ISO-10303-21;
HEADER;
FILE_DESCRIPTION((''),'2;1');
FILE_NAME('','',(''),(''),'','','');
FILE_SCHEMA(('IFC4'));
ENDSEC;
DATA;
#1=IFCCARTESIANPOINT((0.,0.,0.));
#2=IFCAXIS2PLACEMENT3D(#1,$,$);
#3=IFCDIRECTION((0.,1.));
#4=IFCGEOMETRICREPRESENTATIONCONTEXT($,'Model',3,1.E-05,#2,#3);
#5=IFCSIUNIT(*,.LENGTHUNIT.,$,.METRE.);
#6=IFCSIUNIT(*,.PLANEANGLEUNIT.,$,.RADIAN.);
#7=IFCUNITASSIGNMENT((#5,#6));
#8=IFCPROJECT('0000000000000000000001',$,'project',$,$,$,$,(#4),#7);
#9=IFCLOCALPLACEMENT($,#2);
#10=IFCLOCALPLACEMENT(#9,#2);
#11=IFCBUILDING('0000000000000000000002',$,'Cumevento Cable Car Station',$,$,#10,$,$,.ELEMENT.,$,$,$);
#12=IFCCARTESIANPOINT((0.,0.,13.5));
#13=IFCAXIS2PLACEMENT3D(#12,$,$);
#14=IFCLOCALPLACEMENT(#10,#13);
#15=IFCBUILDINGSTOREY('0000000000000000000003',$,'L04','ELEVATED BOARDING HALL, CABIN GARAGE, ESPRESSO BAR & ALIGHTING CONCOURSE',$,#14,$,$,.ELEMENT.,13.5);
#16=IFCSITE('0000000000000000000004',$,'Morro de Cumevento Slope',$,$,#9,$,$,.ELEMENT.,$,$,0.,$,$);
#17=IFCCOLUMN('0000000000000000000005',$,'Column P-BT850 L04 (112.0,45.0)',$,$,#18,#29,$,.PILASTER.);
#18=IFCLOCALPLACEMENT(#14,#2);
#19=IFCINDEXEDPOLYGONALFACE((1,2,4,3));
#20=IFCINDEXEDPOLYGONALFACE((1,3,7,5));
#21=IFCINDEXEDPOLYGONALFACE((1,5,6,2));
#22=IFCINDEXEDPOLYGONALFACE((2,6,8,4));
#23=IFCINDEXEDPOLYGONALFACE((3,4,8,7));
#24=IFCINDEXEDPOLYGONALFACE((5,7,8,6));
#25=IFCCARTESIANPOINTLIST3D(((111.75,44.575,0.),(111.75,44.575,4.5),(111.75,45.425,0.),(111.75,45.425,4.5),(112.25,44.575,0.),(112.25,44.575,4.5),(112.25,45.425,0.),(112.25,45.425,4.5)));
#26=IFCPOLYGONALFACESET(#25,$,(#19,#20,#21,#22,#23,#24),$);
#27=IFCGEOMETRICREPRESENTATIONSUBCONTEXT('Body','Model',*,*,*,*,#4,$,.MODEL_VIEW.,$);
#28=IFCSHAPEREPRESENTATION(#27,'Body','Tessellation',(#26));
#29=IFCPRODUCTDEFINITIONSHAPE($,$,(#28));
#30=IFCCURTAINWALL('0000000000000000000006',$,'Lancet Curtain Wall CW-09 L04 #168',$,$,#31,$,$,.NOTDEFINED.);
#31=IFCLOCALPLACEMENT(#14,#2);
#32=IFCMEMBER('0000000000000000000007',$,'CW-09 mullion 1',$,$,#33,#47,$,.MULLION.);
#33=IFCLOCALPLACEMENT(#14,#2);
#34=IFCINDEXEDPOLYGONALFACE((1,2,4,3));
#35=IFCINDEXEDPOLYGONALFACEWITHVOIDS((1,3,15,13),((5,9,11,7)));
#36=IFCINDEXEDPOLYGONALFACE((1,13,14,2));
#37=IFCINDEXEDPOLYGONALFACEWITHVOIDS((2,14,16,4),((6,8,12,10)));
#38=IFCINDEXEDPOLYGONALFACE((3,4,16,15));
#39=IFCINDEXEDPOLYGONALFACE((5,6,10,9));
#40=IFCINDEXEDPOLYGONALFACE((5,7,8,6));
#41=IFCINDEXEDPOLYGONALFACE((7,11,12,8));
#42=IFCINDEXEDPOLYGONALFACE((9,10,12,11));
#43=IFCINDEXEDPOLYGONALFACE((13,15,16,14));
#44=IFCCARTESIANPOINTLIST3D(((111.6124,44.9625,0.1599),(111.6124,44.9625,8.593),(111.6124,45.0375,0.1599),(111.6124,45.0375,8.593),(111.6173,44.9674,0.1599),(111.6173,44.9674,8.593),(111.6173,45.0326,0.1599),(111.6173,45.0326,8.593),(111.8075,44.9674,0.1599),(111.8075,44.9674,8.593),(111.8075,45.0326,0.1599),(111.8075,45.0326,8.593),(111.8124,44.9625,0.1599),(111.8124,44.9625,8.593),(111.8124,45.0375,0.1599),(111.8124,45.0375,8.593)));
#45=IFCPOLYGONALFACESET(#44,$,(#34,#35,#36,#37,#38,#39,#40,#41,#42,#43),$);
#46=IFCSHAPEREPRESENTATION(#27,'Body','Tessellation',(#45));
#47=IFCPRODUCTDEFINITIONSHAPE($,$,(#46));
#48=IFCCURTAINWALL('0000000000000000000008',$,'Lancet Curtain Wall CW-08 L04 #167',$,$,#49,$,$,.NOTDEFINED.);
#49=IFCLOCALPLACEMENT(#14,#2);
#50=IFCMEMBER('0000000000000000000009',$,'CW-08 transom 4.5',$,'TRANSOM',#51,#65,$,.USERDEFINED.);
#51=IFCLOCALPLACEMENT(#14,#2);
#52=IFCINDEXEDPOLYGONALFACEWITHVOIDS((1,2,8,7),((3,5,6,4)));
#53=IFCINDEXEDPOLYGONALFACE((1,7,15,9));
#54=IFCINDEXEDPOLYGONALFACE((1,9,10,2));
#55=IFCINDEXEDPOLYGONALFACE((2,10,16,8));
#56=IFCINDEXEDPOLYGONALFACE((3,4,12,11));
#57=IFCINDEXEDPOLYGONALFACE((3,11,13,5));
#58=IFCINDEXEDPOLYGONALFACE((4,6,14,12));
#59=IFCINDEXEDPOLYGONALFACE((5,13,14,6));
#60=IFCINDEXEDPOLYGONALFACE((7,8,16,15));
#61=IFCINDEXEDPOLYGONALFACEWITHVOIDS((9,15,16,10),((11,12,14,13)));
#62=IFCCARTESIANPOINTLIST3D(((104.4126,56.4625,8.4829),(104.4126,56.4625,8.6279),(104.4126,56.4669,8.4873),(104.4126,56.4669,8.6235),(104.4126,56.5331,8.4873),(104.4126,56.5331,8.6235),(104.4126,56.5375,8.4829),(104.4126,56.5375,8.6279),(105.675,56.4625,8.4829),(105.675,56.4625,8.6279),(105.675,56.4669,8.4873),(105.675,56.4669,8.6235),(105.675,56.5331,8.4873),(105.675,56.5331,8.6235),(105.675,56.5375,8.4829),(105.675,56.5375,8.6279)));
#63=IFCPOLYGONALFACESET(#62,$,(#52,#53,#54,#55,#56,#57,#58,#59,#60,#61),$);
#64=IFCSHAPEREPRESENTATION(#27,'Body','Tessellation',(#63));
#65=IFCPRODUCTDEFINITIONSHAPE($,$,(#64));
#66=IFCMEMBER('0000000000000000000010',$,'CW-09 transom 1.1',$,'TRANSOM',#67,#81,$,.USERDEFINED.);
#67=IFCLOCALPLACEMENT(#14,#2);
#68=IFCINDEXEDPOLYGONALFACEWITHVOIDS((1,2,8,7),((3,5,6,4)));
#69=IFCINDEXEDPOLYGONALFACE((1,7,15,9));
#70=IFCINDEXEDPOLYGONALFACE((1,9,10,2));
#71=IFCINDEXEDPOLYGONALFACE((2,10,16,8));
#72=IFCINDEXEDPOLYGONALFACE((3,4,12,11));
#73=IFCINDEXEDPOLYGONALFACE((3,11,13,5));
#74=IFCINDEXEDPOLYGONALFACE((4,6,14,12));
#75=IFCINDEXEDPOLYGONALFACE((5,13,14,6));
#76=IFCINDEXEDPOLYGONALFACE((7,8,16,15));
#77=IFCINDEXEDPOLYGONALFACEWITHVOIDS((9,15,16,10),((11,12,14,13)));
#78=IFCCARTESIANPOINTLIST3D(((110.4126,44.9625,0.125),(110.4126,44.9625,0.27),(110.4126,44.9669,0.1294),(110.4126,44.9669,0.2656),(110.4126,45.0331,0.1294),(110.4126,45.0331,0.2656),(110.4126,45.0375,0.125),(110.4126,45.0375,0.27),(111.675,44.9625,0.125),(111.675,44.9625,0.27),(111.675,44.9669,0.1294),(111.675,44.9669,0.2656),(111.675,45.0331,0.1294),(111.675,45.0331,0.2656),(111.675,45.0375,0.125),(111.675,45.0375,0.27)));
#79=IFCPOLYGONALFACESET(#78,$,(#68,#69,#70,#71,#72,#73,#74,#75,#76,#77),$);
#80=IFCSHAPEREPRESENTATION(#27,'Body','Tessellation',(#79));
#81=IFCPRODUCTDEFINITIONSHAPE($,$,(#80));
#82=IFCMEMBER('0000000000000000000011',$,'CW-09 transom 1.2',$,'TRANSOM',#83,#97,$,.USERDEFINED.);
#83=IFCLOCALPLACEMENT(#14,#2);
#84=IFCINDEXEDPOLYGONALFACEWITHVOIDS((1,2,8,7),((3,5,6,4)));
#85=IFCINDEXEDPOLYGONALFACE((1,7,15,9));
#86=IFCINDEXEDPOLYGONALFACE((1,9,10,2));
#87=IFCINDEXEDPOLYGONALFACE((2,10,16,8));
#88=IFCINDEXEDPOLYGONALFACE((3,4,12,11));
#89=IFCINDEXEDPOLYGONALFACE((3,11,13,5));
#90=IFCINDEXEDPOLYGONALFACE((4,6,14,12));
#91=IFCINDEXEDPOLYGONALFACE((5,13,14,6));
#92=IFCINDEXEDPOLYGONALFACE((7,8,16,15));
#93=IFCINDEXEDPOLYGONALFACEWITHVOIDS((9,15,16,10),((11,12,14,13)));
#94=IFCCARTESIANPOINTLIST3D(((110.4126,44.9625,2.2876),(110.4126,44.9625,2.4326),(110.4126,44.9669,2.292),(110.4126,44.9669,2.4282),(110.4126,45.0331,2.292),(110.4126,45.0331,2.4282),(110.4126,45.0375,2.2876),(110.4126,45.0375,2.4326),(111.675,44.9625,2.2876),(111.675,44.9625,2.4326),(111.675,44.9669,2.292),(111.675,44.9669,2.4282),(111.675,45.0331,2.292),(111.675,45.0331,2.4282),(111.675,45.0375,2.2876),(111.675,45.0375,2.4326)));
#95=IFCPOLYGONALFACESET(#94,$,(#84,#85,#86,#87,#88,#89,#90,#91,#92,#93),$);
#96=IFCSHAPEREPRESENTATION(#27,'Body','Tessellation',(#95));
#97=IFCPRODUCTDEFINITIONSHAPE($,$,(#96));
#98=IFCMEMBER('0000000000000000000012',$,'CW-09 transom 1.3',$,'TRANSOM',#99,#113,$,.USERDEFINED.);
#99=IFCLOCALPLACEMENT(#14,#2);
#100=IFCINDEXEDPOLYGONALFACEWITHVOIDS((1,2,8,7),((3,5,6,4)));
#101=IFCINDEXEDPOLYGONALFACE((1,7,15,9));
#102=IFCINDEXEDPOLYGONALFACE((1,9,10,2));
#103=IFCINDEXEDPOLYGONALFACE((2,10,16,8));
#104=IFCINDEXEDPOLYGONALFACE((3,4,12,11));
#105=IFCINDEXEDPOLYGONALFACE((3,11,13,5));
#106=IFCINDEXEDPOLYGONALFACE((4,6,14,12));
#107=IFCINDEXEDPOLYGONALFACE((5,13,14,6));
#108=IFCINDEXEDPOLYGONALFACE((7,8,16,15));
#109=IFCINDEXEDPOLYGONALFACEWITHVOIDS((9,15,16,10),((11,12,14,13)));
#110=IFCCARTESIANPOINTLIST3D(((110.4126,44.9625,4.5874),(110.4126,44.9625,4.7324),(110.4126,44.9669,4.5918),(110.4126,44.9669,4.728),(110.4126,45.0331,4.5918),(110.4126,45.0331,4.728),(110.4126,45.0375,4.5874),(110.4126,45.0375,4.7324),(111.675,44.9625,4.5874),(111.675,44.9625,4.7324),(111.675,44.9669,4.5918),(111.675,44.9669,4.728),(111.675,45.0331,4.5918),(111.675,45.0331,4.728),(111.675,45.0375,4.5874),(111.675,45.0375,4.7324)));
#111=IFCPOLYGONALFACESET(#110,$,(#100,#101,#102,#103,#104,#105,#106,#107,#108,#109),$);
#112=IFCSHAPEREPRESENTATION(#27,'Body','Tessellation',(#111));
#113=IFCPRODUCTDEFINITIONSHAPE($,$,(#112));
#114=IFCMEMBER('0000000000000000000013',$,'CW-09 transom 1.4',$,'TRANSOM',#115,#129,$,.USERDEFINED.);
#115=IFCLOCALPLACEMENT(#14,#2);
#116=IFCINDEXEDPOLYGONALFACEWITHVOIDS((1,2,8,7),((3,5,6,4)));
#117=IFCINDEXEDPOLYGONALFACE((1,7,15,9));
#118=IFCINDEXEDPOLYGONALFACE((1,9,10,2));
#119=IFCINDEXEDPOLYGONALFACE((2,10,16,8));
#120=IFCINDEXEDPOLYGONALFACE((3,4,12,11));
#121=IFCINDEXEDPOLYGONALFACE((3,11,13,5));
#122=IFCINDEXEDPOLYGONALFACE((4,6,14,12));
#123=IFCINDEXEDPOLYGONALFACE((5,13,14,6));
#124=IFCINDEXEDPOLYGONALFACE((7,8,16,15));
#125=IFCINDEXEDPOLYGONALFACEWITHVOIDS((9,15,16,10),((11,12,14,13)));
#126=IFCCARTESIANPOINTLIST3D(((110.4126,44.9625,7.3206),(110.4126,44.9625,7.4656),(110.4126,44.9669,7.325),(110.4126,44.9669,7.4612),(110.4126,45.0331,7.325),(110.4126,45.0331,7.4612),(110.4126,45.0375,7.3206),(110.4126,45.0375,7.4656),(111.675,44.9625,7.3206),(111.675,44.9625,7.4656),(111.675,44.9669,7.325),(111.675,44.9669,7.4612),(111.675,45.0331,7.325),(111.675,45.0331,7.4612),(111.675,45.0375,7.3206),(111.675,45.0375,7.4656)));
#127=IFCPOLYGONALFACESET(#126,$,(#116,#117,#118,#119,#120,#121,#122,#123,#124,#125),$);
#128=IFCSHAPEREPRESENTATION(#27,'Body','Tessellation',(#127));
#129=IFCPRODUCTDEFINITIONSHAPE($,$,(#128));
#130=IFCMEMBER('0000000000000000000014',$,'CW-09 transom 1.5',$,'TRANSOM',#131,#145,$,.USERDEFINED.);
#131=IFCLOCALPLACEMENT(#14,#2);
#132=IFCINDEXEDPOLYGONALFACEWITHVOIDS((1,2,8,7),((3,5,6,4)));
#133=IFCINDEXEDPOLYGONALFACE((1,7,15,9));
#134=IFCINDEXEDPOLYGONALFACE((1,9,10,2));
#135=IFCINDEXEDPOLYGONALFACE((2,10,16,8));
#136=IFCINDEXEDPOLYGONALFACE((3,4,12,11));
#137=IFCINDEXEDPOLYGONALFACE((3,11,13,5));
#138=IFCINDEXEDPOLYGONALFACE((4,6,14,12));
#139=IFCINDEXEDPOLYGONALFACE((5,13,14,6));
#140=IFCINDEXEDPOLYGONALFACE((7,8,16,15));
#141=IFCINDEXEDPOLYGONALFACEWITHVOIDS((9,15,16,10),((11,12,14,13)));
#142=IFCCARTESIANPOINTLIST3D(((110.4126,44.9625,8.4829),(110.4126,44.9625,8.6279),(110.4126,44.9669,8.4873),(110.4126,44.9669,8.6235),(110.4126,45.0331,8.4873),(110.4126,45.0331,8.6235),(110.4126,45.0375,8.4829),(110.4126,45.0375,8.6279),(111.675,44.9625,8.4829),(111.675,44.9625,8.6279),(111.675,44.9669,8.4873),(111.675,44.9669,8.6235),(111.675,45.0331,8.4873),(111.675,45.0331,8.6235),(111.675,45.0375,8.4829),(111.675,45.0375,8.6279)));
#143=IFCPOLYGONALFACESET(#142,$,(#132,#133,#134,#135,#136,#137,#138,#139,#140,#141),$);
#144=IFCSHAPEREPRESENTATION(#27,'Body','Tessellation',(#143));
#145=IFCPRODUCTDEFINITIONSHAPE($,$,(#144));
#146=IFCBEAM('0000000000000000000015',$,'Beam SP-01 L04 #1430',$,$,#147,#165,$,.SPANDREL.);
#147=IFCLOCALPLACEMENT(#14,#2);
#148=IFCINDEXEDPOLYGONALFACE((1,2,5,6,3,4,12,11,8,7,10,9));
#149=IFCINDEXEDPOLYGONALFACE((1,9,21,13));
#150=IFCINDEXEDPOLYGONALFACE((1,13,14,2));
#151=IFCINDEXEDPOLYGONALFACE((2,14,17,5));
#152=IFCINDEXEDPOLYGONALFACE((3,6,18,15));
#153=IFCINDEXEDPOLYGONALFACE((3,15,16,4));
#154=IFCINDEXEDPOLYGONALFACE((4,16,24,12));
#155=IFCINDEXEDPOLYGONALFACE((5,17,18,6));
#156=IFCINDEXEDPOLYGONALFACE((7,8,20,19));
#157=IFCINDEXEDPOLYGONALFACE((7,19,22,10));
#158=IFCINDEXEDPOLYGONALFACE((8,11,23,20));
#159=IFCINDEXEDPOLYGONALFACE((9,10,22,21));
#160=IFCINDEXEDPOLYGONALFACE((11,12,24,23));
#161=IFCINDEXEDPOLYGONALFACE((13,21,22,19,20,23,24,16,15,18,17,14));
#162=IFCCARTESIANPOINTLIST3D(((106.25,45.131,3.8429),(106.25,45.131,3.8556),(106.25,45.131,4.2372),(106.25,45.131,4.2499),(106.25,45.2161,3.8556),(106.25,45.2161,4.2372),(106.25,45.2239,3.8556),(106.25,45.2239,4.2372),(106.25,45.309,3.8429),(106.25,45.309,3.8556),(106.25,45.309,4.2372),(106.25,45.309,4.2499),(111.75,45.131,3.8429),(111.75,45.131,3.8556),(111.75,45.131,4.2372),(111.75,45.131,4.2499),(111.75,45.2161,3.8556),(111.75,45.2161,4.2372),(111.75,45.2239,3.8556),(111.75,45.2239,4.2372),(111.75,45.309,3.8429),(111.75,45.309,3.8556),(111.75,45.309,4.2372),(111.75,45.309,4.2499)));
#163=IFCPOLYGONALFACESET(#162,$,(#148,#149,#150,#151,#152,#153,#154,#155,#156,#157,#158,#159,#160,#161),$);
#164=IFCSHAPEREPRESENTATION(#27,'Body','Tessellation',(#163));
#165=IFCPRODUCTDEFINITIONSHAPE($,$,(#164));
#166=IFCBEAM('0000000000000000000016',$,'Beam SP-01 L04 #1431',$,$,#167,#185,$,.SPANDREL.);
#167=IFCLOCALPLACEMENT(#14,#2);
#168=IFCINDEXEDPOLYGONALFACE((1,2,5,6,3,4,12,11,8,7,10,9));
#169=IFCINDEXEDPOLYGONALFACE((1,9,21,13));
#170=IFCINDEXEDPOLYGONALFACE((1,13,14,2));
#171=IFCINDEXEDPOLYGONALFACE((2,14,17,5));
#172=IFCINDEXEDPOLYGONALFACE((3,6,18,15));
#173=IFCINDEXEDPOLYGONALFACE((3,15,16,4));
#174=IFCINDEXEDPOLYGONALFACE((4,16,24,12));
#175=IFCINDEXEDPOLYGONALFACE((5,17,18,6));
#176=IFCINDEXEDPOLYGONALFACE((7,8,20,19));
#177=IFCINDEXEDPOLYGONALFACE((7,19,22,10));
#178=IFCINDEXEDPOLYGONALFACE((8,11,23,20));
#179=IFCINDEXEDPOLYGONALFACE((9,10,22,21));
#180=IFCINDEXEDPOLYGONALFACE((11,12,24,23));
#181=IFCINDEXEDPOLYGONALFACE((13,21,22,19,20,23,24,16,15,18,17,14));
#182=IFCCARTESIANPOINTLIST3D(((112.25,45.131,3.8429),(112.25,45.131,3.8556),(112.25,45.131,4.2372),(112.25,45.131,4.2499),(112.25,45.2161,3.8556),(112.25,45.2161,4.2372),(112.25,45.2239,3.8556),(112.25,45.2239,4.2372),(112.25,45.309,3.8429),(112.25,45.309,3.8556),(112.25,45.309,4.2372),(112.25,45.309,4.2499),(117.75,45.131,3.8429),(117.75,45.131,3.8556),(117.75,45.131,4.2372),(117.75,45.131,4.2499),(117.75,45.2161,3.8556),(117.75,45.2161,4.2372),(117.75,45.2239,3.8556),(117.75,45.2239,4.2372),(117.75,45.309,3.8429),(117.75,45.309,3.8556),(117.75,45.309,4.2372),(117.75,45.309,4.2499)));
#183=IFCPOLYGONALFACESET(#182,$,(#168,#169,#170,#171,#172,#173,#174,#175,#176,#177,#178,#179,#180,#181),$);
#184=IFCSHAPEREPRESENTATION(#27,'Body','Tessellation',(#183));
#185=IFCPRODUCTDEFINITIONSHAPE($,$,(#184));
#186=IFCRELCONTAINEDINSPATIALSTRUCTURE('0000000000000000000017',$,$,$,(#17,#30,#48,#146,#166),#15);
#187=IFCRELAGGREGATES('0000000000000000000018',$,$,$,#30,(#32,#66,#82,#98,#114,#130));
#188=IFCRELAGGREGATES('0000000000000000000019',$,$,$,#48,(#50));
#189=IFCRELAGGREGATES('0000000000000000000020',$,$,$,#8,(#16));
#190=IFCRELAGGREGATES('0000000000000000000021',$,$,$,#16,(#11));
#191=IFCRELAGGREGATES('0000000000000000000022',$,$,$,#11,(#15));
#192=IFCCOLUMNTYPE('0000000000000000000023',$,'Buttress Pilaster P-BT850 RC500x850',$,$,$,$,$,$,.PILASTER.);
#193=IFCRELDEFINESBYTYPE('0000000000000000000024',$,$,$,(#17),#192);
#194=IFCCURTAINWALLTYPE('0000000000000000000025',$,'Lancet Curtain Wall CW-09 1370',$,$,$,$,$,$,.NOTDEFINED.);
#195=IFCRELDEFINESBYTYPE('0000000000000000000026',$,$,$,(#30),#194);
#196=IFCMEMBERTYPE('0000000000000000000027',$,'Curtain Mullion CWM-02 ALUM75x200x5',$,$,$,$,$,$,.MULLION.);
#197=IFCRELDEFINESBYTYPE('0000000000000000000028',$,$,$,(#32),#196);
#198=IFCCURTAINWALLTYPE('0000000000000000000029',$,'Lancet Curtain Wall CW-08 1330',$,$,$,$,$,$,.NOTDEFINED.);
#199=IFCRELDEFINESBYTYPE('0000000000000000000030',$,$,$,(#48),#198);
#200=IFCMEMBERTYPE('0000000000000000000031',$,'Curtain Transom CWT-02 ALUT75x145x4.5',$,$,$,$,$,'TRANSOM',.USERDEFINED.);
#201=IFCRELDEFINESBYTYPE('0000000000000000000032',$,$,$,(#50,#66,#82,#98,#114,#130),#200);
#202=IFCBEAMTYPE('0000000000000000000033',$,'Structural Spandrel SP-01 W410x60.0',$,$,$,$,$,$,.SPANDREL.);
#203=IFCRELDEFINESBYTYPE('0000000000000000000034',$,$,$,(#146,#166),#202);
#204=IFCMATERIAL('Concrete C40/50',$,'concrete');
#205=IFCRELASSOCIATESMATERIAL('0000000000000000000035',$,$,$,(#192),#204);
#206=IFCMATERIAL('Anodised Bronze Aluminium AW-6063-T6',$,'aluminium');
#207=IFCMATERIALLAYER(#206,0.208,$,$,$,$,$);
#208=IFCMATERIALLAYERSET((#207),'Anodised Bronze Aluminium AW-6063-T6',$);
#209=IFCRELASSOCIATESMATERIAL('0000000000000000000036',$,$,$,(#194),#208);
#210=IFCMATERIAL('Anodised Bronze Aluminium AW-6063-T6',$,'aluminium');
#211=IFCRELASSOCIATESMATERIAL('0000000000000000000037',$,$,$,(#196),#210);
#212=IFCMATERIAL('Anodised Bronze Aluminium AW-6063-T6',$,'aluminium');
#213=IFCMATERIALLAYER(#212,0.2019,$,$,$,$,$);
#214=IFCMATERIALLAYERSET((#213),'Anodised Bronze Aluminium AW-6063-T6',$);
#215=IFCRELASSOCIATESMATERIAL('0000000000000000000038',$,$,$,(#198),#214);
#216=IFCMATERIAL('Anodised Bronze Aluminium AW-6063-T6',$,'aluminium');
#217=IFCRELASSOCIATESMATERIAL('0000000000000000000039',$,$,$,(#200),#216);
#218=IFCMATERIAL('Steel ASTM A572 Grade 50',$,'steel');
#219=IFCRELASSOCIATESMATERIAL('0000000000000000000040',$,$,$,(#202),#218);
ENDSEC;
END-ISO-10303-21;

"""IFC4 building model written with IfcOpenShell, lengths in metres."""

from ifc_helpers import new_model, si_unit, direction, frame, origin, origin_2d, place, context, subcontext, project, spatial, rectangle, hollow_rectangle, i_section, extrude, material, layer, layer_set, material_profile, profile_set, type_object, element, aggregate, save


model = new_model("IFC4")

# Units and contexts
model_context = context("Model", 3, precision=1e-05, world=origin(), true_north=direction((0.0, 1.0)))
body_context = subcontext(model_context, "Body", "Model", "MODEL_VIEW")
ifc_project = project(units=[si_unit("LENGTHUNIT", "METRE"), si_unit("PLANEANGLEUNIT", "RADIAN")], contexts=[model_context])

# Site, building, storey
site_placement = place(None, origin())
site = spatial("IfcSite", under=ifc_project, at=site_placement, Name="Morro de Cumevento Slope", CompositionType="ELEMENT", RefElevation=0.0)
building_placement = place(site_placement, origin())
building = spatial("IfcBuilding", under=site, at=building_placement, Name="Cumevento Cable Car Station", CompositionType="ELEMENT")
storey_placement = place(building_placement, frame((0.0, 0.0, 13.5)))
storey = spatial("IfcBuildingStorey", under=building, at=storey_placement, Name="L04", Description="ELEVATED BOARDING HALL, CABIN GARAGE, ESPRESSO BAR & ALIGHTING CONCOURSE", CompositionType="ELEMENT", Elevation=13.5)

# Column
ifc_material_1 = material(Name="Concrete C40/50", Category="concrete")
ifc_material_profile_1 = material_profile(ifc_material_1, rectangle(XDim=0.5, YDim=0.8501, at=origin_2d()), Name="RC500x850")
ifc_profile_set_1 = profile_set([ifc_material_profile_1], Name="Concrete C40/50")
column_type = type_object("IfcColumnType", Name="Buttress Pilaster P-BT850 RC500x850", PredefinedType="PILASTER", material=ifc_profile_set_1)
column_placement = place(storey_placement, frame((112.0, 45.0, 0.0), z_axis=(0.0, 0.0, 1.0), x_axis=(1.0, 0.0, 0.0)))
element("IfcColumn", 1, at=column_placement, inside=storey, type_object=column_type, Name="Column P-BT850 L04 (112.0,45.0)", PredefinedType="PILASTER", context=body_context, shape_type="SweptSolid", body=[
    extrude(rectangle(XDim=0.5, YDim=0.8501, at=origin_2d()), origin(), (0.0, 0.0, 1.0), 4.5),
])

# Curtain walls, members
ifc_material_2 = material(Name="Anodised Bronze Aluminium AW-6063-T6", Category="aluminium")
ifc_layer_1 = layer(ifc_material_2, 0.208)
ifc_layer_set_1 = layer_set([ifc_layer_1], Name="Anodised Bronze Aluminium AW-6063-T6")
curtain_wall_type_1 = type_object("IfcCurtainWallType", Name="Lancet Curtain Wall CW-09 1370", PredefinedType="NOTDEFINED", material=ifc_layer_set_1)
curtain_wall_1_placement = place(storey_placement, origin())
curtain_wall_1 = element("IfcCurtainWall", 2, at=curtain_wall_1_placement, inside=storey, type_object=curtain_wall_type_1, Name="Lancet Curtain Wall CW-09 L04 #168", PredefinedType="NOTDEFINED")
ifc_material_3 = material(Name="Anodised Bronze Aluminium AW-6063-T6", Category="aluminium")
ifc_material_profile_2 = material_profile(ifc_material_3, hollow_rectangle(XDim=0.075, YDim=0.2, WallThickness=0.0049, at=origin_2d()), Name="ALUM75x200x5")
ifc_profile_set_2 = profile_set([ifc_material_profile_2], Name="Anodised Bronze Aluminium AW-6063-T6")
member_type_1 = type_object("IfcMemberType", Name="Curtain Mullion CWM-02 ALUM75x200x5", PredefinedType="MULLION", material=ifc_profile_set_2)
member_1_placement = place(storey_placement, frame((111.7124, 45.0, 0.1599), z_axis=(0.0, 0.0, 1.0), x_axis=(0.0, -1.0, 0.0)))
member_1 = element("IfcMember", 3, at=member_1_placement, type_object=member_type_1, Name="CW-09 mullion 1", PredefinedType="MULLION", context=body_context, shape_type="SweptSolid", body=[
    extrude(hollow_rectangle(XDim=0.075, YDim=0.2, WallThickness=0.0049, at=origin_2d()), origin(), (0.0, 0.0, 1.0), 8.4331),
])
ifc_material_4 = material(Name="Anodised Bronze Aluminium AW-6063-T6", Category="aluminium")
ifc_layer_2 = layer(ifc_material_4, 0.2019)
ifc_layer_set_2 = layer_set([ifc_layer_2], Name="Anodised Bronze Aluminium AW-6063-T6")
curtain_wall_type_2 = type_object("IfcCurtainWallType", Name="Lancet Curtain Wall CW-08 1330", PredefinedType="NOTDEFINED", material=ifc_layer_set_2)
curtain_wall_2_placement = place(storey_placement, origin())
curtain_wall_2 = element("IfcCurtainWall", 4, at=curtain_wall_2_placement, inside=storey, type_object=curtain_wall_type_2, Name="Lancet Curtain Wall CW-08 L04 #167", PredefinedType="NOTDEFINED")
ifc_material_5 = material(Name="Anodised Bronze Aluminium AW-6063-T6", Category="aluminium")
ifc_material_profile_3 = material_profile(ifc_material_5, hollow_rectangle(XDim=0.075, YDim=0.145, WallThickness=0.0044, at=origin_2d()), Name="ALUT75x145x4.5")
ifc_profile_set_3 = profile_set([ifc_material_profile_3], Name="Anodised Bronze Aluminium AW-6063-T6")
member_type_2 = type_object("IfcMemberType", Name="Curtain Transom CWT-02 ALUT75x145x4.5", ElementType="TRANSOM", PredefinedType="USERDEFINED", material=ifc_profile_set_3)
member_2_placement = place(storey_placement, frame((104.4126, 56.5, 8.5554), z_axis=(1.0, 0.0, 0.0), x_axis=(0.0, 1.0, 0.0)))
member_2 = element("IfcMember", 5, at=member_2_placement, type_object=member_type_2, Name="CW-08 transom 4.5", ObjectType="TRANSOM", PredefinedType="USERDEFINED", context=body_context, shape_type="SweptSolid", body=[
    extrude(hollow_rectangle(XDim=0.075, YDim=0.145, WallThickness=0.0044, at=origin_2d()), origin(), (0.0, 0.0, 1.0), 1.2625),
])

# Members
member_3_placement = place(storey_placement, frame((111.675, 45.0, 0.1975), z_axis=(-1.0, 0.0, 0.0), x_axis=(0.0, -1.0, 0.0)))
member_3 = element("IfcMember", 6, at=member_3_placement, type_object=member_type_2, Name="CW-09 transom 1.1", ObjectType="TRANSOM", PredefinedType="USERDEFINED", context=body_context, shape_type="SweptSolid", body=[
    extrude(hollow_rectangle(XDim=0.075, YDim=0.145, WallThickness=0.0044, at=origin_2d()), origin(), (0.0, 0.0, 1.0), 1.2625),
])
member_4_placement = place(storey_placement, frame((111.675, 45.0, 2.3601), z_axis=(-1.0, 0.0, 0.0), x_axis=(0.0, -1.0, 0.0)))
member_4 = element("IfcMember", 7, at=member_4_placement, type_object=member_type_2, Name="CW-09 transom 1.2", ObjectType="TRANSOM", PredefinedType="USERDEFINED", context=body_context, shape_type="SweptSolid", body=[
    extrude(hollow_rectangle(XDim=0.075, YDim=0.145, WallThickness=0.0044, at=origin_2d()), origin(), (0.0, 0.0, 1.0), 1.2625),
])
member_5_placement = place(storey_placement, frame((111.675, 45.0, 4.6599), z_axis=(-1.0, 0.0, 0.0), x_axis=(0.0, -1.0, 0.0)))
member_5 = element("IfcMember", 8, at=member_5_placement, type_object=member_type_2, Name="CW-09 transom 1.3", ObjectType="TRANSOM", PredefinedType="USERDEFINED", context=body_context, shape_type="SweptSolid", body=[
    extrude(hollow_rectangle(XDim=0.075, YDim=0.145, WallThickness=0.0044, at=origin_2d()), origin(), (0.0, 0.0, 1.0), 1.2625),
])
member_6_placement = place(storey_placement, frame((111.675, 45.0, 7.3931), z_axis=(-1.0, 0.0, 0.0), x_axis=(0.0, -1.0, 0.0)))
member_6 = element("IfcMember", 9, at=member_6_placement, type_object=member_type_2, Name="CW-09 transom 1.4", ObjectType="TRANSOM", PredefinedType="USERDEFINED", context=body_context, shape_type="SweptSolid", body=[
    extrude(hollow_rectangle(XDim=0.075, YDim=0.145, WallThickness=0.0044, at=origin_2d()), origin(), (0.0, 0.0, 1.0), 1.2625),
])
member_7_placement = place(storey_placement, frame((111.675, 45.0, 8.5554), z_axis=(-1.0, 0.0, 0.0), x_axis=(0.0, -1.0, 0.0)))
member_7 = element("IfcMember", 10, at=member_7_placement, type_object=member_type_2, Name="CW-09 transom 1.5", ObjectType="TRANSOM", PredefinedType="USERDEFINED", context=body_context, shape_type="SweptSolid", body=[
    extrude(hollow_rectangle(XDim=0.075, YDim=0.145, WallThickness=0.0044, at=origin_2d()), origin(), (0.0, 0.0, 1.0), 1.2625),
])

# Beams
ifc_material_6 = material(Name="Steel ASTM A572 Grade 50", Category="steel")
ifc_material_profile_4 = material_profile(ifc_material_6, i_section(OverallWidth=0.178, OverallDepth=0.407, WebThickness=0.0078, FlangeThickness=0.0127, at=origin_2d()), Name="W410x60.0")
ifc_profile_set_4 = profile_set([ifc_material_profile_4], Name="Steel ASTM A572 Grade 50")
beam_type = type_object("IfcBeamType", Name="Structural Spandrel SP-01 W410x60.0", PredefinedType="SPANDREL", material=ifc_profile_set_4)
for number, where, z_axis, x_axis, name in (
    (11, (106.25, 45.22, 4.0464), (1.0, 0.0, 0.0), (0.0, 1.0, 0.0), "Beam SP-01 L04 #1430"),
    (12, (112.25, 45.22, 4.0464), (1.0, 0.0, 0.0), (0.0, 1.0, 0.0), "Beam SP-01 L04 #1431"),
):
    element("IfcBeam", number, at=place(storey_placement, frame(where, z_axis=z_axis, x_axis=x_axis)), inside=storey, type_object=beam_type, Name=name, PredefinedType="SPANDREL", context=body_context, shape_type="SweptSolid", body=[
        extrude(i_section(OverallWidth=0.178, OverallDepth=0.407, WebThickness=0.0078, FlangeThickness=0.0127, at=origin_2d()), origin(), (0.0, 0.0, 1.0), 5.5),
    ])

aggregate(curtain_wall_1, [member_1, member_3, member_4, member_5, member_6, member_7])
aggregate(curtain_wall_2, [member_2])

save(model, "model.ifc")
